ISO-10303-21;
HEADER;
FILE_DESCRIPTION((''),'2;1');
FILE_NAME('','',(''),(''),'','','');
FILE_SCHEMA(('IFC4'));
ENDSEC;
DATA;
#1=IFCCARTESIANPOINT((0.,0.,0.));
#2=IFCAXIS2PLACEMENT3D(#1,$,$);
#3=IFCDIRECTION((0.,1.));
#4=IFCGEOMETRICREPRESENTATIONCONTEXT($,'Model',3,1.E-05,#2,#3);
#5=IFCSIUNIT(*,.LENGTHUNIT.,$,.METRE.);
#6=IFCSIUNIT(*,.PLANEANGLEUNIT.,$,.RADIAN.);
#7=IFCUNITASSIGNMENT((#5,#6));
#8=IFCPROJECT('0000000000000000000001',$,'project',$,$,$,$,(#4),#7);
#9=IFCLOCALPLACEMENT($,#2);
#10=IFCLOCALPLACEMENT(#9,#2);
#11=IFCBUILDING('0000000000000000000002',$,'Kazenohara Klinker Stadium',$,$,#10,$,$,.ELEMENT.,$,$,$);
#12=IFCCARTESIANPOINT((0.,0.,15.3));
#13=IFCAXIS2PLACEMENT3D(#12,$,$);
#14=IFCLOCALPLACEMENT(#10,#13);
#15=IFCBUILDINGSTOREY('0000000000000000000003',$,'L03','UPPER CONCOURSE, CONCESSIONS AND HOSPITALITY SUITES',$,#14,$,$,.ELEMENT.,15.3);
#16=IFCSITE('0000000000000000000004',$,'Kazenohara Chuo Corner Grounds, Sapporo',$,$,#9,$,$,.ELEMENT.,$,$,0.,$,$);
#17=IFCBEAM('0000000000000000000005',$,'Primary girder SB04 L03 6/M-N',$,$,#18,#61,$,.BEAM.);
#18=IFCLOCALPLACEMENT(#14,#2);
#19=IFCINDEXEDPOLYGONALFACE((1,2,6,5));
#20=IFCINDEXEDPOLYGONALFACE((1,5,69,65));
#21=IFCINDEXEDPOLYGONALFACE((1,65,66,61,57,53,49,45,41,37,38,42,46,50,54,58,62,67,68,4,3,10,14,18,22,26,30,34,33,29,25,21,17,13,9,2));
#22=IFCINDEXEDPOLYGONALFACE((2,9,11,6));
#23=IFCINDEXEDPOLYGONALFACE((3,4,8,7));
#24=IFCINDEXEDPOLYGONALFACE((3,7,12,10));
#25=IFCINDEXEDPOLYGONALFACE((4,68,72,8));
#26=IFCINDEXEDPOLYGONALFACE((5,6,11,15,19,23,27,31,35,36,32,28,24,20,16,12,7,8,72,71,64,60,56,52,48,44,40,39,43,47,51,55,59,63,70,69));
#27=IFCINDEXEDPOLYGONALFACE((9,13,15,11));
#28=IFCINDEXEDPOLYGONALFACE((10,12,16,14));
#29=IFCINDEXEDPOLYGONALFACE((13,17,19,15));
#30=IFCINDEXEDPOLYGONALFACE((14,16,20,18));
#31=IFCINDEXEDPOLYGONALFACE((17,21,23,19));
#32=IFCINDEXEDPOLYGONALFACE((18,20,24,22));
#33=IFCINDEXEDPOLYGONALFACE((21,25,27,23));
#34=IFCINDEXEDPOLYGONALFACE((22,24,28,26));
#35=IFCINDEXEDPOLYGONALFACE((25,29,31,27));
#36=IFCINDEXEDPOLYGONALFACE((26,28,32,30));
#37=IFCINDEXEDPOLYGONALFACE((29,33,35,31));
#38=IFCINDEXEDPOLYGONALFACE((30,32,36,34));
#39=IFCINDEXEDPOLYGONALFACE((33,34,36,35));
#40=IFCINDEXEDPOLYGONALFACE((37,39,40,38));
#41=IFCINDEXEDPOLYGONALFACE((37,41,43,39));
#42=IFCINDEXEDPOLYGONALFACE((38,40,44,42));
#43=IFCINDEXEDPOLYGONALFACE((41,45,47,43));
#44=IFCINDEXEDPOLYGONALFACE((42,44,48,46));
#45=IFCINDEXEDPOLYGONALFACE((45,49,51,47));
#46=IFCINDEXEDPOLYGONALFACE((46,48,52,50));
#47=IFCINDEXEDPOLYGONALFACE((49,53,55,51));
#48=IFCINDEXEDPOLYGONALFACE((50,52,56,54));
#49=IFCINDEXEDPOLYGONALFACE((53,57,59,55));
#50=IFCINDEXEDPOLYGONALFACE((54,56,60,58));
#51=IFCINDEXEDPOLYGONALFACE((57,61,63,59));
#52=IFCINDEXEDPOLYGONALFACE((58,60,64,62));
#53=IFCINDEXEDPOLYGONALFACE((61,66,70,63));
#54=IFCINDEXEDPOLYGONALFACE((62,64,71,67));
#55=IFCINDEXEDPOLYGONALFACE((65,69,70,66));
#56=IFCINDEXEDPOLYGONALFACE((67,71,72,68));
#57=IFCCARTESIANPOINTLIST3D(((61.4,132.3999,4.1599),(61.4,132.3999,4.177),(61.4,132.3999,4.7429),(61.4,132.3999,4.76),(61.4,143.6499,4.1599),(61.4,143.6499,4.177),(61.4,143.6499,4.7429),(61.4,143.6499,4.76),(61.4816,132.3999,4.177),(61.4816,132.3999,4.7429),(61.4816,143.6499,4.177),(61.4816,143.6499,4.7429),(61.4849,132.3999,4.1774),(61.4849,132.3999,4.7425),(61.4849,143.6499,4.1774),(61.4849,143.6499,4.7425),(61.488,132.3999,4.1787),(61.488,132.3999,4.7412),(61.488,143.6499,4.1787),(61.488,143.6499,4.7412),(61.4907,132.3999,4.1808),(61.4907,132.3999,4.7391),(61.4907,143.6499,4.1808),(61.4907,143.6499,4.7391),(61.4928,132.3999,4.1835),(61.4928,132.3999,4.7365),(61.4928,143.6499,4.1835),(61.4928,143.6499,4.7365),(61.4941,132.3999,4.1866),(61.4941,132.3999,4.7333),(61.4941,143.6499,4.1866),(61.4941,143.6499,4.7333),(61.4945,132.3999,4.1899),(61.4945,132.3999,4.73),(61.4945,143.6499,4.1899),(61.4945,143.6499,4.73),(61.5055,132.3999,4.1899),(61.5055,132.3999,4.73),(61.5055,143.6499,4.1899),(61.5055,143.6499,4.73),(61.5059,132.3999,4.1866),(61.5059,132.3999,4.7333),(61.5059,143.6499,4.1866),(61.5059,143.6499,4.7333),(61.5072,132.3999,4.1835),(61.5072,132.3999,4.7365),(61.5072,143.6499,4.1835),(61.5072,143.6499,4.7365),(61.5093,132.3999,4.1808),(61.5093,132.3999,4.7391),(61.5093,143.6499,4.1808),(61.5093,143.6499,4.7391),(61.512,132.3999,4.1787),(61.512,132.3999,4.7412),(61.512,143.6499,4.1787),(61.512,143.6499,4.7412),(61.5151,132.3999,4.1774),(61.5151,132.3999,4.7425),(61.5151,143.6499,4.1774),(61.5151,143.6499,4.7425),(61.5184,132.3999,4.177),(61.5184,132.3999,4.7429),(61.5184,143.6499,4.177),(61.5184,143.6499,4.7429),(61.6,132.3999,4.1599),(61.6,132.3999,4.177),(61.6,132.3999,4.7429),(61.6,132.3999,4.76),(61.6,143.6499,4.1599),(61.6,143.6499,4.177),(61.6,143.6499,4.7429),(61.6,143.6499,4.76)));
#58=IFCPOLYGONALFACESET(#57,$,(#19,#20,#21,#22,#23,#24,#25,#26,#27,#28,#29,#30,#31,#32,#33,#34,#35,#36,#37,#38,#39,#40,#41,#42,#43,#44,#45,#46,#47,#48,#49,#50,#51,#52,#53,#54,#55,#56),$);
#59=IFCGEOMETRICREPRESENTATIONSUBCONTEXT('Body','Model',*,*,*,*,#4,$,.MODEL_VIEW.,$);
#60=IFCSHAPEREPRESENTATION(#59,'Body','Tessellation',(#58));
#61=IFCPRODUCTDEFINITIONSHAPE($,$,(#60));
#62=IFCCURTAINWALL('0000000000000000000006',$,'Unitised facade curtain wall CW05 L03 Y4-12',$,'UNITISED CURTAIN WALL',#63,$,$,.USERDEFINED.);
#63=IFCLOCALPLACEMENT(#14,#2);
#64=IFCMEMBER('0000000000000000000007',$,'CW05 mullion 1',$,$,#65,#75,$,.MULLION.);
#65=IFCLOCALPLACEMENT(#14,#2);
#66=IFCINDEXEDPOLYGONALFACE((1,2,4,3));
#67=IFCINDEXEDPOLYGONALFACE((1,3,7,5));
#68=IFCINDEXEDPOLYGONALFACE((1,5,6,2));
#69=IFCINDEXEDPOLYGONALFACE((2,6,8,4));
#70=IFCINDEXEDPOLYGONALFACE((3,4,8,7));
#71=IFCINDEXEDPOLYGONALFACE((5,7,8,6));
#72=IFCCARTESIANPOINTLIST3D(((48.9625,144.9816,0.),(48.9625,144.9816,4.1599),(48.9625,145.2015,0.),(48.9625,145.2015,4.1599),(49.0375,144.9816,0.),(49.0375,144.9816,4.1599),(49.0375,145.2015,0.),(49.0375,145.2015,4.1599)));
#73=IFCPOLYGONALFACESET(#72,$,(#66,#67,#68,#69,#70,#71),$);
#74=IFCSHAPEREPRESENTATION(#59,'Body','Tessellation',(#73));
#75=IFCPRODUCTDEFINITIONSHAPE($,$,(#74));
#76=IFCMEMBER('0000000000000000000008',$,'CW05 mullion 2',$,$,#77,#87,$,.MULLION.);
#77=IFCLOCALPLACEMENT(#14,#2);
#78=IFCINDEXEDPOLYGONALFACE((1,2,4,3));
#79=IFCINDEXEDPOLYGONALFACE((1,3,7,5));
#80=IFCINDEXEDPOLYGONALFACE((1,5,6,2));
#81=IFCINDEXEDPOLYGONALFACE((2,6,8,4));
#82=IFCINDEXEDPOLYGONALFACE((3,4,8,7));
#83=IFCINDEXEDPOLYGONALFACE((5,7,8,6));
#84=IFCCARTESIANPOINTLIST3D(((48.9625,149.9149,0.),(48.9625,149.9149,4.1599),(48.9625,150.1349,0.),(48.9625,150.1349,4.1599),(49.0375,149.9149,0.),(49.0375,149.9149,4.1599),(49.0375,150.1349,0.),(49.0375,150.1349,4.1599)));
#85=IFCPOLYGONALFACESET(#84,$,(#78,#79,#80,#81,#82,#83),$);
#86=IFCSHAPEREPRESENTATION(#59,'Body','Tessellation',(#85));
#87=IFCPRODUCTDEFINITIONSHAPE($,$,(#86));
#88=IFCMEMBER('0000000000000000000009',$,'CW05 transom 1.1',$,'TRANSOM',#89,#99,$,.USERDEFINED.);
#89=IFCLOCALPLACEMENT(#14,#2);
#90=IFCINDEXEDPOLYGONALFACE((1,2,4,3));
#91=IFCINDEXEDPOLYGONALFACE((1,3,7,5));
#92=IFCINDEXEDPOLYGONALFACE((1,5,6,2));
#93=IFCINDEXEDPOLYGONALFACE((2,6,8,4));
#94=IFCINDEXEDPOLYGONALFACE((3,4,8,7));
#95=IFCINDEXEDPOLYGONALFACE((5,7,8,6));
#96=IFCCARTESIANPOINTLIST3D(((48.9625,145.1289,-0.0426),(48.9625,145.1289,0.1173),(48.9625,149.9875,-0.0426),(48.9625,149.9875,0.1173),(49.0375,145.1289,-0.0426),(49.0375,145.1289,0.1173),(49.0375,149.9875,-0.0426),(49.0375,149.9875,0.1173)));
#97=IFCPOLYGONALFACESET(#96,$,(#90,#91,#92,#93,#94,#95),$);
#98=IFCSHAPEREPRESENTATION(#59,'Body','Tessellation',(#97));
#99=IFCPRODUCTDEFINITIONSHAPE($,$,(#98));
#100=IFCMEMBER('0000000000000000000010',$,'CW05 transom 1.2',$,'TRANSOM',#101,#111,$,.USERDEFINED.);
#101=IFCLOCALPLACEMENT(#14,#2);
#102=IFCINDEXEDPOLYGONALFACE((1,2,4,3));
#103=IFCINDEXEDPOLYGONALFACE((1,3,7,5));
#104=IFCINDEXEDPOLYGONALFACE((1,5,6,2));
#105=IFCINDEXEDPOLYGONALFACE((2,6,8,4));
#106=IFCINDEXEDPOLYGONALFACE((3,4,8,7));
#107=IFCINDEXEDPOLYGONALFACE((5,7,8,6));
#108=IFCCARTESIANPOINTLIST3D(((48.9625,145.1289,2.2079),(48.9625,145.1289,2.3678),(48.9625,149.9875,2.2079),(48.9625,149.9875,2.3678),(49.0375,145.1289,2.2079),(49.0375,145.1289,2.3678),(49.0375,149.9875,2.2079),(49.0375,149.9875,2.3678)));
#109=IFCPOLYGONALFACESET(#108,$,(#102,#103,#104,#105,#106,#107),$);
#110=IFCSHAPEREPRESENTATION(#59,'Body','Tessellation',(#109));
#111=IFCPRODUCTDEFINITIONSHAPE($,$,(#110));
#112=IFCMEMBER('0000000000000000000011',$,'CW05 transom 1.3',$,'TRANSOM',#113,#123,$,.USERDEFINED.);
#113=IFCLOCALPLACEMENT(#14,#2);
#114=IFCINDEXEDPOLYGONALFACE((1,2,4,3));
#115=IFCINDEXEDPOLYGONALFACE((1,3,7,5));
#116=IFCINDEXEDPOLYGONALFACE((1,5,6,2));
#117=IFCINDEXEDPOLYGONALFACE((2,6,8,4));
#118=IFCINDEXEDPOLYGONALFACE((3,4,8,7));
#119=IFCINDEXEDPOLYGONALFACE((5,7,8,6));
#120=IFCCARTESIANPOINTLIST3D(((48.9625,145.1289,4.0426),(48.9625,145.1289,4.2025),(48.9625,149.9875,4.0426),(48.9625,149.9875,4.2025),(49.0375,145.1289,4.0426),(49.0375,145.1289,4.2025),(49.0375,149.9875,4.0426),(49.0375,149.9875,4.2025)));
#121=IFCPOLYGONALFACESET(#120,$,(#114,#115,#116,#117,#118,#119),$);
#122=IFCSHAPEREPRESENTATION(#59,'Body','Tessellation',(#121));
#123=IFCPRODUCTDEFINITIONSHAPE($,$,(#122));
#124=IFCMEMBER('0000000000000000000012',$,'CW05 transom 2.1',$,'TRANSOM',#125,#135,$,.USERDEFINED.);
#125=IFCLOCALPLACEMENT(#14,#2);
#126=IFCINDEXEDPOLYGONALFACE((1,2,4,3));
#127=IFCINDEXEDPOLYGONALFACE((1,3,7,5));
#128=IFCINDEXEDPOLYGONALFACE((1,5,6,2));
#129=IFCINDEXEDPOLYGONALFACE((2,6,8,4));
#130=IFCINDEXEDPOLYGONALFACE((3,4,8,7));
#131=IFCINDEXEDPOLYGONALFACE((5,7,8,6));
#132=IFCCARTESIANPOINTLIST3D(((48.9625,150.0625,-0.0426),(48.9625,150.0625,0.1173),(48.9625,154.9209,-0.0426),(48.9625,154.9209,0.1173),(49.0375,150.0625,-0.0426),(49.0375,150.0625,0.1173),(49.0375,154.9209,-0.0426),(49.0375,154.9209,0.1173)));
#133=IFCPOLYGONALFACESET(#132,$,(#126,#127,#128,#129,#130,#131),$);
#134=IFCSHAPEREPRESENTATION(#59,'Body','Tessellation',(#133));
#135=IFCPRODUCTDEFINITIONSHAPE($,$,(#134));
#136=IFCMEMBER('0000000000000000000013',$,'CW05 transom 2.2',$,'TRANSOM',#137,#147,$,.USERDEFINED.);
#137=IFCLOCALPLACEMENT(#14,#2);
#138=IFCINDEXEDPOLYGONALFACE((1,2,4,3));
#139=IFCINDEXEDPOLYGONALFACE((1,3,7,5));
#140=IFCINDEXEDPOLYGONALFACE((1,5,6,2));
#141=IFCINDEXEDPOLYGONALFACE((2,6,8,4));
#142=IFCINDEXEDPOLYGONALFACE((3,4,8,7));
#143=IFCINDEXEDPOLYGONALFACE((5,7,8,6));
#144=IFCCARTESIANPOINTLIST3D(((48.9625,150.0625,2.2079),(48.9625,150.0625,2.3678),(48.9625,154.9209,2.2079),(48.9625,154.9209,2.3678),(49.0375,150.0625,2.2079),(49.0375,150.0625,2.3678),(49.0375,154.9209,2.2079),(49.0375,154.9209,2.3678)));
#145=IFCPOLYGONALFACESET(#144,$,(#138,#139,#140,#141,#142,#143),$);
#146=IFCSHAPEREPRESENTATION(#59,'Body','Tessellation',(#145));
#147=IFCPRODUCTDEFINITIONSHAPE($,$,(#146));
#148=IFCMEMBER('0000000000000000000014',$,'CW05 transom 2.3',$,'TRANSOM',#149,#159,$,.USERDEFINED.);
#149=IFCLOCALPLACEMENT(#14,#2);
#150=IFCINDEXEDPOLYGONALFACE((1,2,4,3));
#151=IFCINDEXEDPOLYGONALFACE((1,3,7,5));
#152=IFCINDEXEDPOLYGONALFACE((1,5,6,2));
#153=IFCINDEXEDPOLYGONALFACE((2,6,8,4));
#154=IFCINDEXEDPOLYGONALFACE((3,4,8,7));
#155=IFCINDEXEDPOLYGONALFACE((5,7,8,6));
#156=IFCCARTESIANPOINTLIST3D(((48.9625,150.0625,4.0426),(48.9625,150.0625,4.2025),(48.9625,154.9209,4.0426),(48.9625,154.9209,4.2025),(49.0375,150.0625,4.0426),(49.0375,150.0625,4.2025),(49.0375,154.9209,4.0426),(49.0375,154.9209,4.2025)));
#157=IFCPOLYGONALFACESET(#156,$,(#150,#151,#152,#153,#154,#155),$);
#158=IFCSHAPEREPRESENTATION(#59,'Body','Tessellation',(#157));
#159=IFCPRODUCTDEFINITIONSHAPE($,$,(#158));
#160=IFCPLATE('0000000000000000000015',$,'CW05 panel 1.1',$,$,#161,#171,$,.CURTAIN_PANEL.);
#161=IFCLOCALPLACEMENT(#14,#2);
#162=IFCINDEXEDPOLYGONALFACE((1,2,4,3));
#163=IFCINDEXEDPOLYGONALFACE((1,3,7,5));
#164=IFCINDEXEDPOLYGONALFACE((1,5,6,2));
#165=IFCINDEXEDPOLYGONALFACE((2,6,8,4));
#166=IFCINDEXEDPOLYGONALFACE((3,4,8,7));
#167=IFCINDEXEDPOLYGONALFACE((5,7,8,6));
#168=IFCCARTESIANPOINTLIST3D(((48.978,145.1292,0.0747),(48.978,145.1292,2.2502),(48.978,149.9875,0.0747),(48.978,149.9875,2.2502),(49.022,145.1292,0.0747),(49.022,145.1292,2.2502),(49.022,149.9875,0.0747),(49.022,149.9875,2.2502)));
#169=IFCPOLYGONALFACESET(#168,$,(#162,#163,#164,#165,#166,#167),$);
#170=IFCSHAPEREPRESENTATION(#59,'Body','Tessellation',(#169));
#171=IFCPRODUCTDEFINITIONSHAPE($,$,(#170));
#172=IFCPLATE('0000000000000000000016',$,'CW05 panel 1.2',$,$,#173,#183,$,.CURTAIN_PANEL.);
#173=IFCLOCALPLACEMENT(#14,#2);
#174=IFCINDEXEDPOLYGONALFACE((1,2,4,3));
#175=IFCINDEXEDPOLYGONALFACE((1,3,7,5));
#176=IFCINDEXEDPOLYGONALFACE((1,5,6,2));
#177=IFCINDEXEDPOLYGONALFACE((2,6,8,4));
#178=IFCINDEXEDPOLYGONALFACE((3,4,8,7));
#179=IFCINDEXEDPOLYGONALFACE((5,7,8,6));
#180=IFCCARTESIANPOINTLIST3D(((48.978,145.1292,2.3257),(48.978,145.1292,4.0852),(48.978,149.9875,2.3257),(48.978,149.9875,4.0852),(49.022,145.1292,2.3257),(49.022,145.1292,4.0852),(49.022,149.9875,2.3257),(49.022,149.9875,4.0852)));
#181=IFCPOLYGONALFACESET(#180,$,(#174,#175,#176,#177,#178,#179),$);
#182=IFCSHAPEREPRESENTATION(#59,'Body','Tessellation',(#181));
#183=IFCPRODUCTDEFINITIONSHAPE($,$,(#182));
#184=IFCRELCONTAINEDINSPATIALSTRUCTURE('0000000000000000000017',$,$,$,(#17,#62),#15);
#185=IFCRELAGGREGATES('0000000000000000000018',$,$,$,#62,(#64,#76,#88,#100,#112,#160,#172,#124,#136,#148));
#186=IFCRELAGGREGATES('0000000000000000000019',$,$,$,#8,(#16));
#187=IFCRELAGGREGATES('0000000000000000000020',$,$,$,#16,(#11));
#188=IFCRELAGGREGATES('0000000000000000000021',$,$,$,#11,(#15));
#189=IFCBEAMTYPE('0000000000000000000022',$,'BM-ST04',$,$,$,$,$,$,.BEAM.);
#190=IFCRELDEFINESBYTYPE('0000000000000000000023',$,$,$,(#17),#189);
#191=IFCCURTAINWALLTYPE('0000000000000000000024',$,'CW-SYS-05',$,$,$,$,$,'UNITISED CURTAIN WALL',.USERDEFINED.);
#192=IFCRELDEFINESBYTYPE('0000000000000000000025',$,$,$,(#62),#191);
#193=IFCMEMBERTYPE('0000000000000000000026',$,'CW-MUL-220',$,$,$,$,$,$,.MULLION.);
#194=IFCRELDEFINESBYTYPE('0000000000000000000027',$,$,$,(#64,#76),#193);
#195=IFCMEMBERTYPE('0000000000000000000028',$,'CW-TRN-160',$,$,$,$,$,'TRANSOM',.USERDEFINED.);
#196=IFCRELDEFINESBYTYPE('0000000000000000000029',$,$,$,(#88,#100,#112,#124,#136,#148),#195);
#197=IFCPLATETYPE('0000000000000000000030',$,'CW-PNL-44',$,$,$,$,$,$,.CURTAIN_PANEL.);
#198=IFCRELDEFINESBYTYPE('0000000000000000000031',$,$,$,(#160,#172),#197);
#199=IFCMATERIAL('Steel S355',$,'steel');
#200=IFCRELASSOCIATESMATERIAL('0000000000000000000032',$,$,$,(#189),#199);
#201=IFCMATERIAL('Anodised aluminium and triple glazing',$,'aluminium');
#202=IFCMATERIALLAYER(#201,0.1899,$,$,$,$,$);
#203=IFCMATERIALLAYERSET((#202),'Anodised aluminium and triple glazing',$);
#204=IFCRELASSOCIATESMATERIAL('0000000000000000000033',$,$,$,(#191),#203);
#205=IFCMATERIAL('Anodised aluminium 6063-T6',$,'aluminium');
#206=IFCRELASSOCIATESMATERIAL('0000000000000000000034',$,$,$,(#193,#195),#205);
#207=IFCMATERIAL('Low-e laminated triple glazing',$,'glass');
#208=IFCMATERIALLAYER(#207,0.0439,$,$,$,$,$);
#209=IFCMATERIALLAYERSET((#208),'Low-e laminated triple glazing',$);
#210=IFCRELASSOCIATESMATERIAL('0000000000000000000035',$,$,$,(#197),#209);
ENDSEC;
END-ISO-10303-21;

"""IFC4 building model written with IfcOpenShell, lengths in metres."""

from ifc_helpers import new_model, si_unit, direction, frame, origin, origin_2d, place, context, subcontext, project, spatial, rectangle, i_section, extrude, material, layer, layer_set, material_profile, profile_set, type_object, element, aggregate, save


model = new_model("IFC4")

# Units and contexts
model_context = context("Model", 3, precision=1e-05, world=origin(), true_north=direction((0.0, 1.0)))
body_context = subcontext(model_context, "Body", "Model", "MODEL_VIEW")
ifc_project = project(units=[si_unit("LENGTHUNIT", "METRE"), si_unit("PLANEANGLEUNIT", "RADIAN")], contexts=[model_context])

# Site, building, storey
site_placement = place(None, origin())
site = spatial("IfcSite", under=ifc_project, at=site_placement, Name="Kazenohara Chuo Corner Grounds, Sapporo", CompositionType="ELEMENT", RefElevation=0.0)
building_placement = place(site_placement, origin())
building = spatial("IfcBuilding", under=site, at=building_placement, Name="Kazenohara Klinker Stadium", CompositionType="ELEMENT")
storey_placement = place(building_placement, frame((0.0, 0.0, 15.3)))
storey = spatial("IfcBuildingStorey", under=building, at=storey_placement, Name="L03", Description="UPPER CONCOURSE, CONCESSIONS AND HOSPITALITY SUITES", CompositionType="ELEMENT", Elevation=15.3)

# Beam
ifc_material_1 = material(Name="Steel S355", Category="steel")
ifc_material_profile_1 = material_profile(ifc_material_1, i_section(OverallWidth=0.2, OverallDepth=0.6001, WebThickness=0.011, FlangeThickness=0.0171, FilletRadius=0.0129, at=origin_2d()), Name="H-600x200x11x17")
ifc_profile_set_1 = profile_set([ifc_material_profile_1], Name="Steel S355")
beam_type_1 = type_object("IfcBeamType", Name="BM-ST04", PredefinedType="BEAM", material=ifc_profile_set_1)
for number, where, z_axis, x_axis, name in (
    (1, (61.5, 132.3999, 4.46), (0.0, 1.0, 0.0), (-1.0, 0.0, 0.0), "Primary girder SB04 L03 6/M-N"),
):
    element("IfcBeam", number, at=place(storey_placement, frame(where, z_axis=z_axis, x_axis=x_axis)), inside=storey, type_object=beam_type_1, Name=name, PredefinedType="BEAM", context=body_context, shape_type="SweptSolid", body=[
        extrude(i_section(OverallWidth=0.2, OverallDepth=0.6001, WebThickness=0.011, FlangeThickness=0.0171, FilletRadius=0.0129, at=origin_2d()), origin(), (0.0, 0.0, 1.0), 11.25),
    ])

# Curtain wall, members, plates
ifc_material_2 = material(Name="Anodised aluminium and triple glazing", Category="aluminium")
ifc_layer_1 = layer(ifc_material_2, 0.1899)
ifc_layer_set_1 = layer_set([ifc_layer_1], Name="Anodised aluminium and triple glazing")
curtain_wall_type = type_object("IfcCurtainWallType", Name="CW-SYS-05", ElementType="UNITISED CURTAIN WALL", PredefinedType="USERDEFINED", material=ifc_layer_set_1)
curtain_wall_placement = place(storey_placement, origin())
curtain_wall = element("IfcCurtainWall", 2, at=curtain_wall_placement, inside=storey, type_object=curtain_wall_type, Name="Unitised facade curtain wall CW05 L03 Y4-12", ObjectType="UNITISED CURTAIN WALL", PredefinedType="USERDEFINED")
ifc_material_3 = material(Name="Anodised aluminium 6063-T6", Category="aluminium")
ifc_material_profile_2 = material_profile(ifc_material_3, rectangle(XDim=0.075, YDim=0.22, at=origin_2d()), Name="ALU-MUL-75x220")
ifc_profile_set_2 = profile_set([ifc_material_profile_2], Name="Anodised aluminium 6063-T6")
member_type_1 = type_object("IfcMemberType", Name="CW-MUL-220", PredefinedType="MULLION", material=ifc_profile_set_2)
member_1_placement = place(storey_placement, frame((49.0, 145.0916, 0.0), z_axis=(0.0, 0.0, 1.0), x_axis=(-1.0, 0.0, 0.0)))
member_1 = element("IfcMember", 3, at=member_1_placement, type_object=member_type_1, Name="CW05 mullion 1", PredefinedType="MULLION", context=body_context, shape_type="SweptSolid", body=[
    extrude(rectangle(XDim=0.075, YDim=0.22, at=origin_2d()), origin(), (0.0, 0.0, 1.0), 4.1599),
])
member_2_placement = place(storey_placement, frame((49.0, 150.0249, 0.0), z_axis=(0.0, 0.0, 1.0), x_axis=(-1.0, 0.0, 0.0)))
member_2 = element("IfcMember", 4, at=member_2_placement, type_object=member_type_1, Name="CW05 mullion 2", PredefinedType="MULLION", context=body_context, shape_type="SweptSolid", body=[
    extrude(rectangle(XDim=0.075, YDim=0.22, at=origin_2d()), origin(), (0.0, 0.0, 1.0), 4.1599),
])
ifc_material_profile_3 = material_profile(ifc_material_3, rectangle(XDim=0.075, YDim=0.1599, at=origin_2d()), Name="ALU-TRN-75x160")
ifc_profile_set_3 = profile_set([ifc_material_profile_3], Name="Anodised aluminium 6063-T6")
member_type_2 = type_object("IfcMemberType", Name="CW-TRN-160", ElementType="TRANSOM", PredefinedType="USERDEFINED", material=ifc_profile_set_3)
member_3_placement = place(storey_placement, frame((49.0, 145.1289, 0.0374), z_axis=(0.0, 1.0, 0.0), x_axis=(-1.0, 0.0, 0.0)))
member_3 = element("IfcMember", 5, at=member_3_placement, type_object=member_type_2, Name="CW05 transom 1.1", ObjectType="TRANSOM", PredefinedType="USERDEFINED", context=body_context, shape_type="SweptSolid", body=[
    extrude(rectangle(XDim=0.075, YDim=0.1599, at=origin_2d()), origin(), (0.0, 0.0, 1.0), 4.8586),
])
member_4_placement = place(storey_placement, frame((49.0, 145.1289, 2.2878), z_axis=(0.0, 1.0, 0.0), x_axis=(-1.0, 0.0, 0.0)))
member_4 = element("IfcMember", 6, at=member_4_placement, type_object=member_type_2, Name="CW05 transom 1.2", ObjectType="TRANSOM", PredefinedType="USERDEFINED", context=body_context, shape_type="SweptSolid", body=[
    extrude(rectangle(XDim=0.075, YDim=0.1599, at=origin_2d()), origin(), (0.0, 0.0, 1.0), 4.8586),
])
member_5_placement = place(storey_placement, frame((49.0, 145.1289, 4.1226), z_axis=(0.0, 1.0, 0.0), x_axis=(-1.0, 0.0, 0.0)))
member_5 = element("IfcMember", 7, at=member_5_placement, type_object=member_type_2, Name="CW05 transom 1.3", ObjectType="TRANSOM", PredefinedType="USERDEFINED", context=body_context, shape_type="SweptSolid", body=[
    extrude(rectangle(XDim=0.075, YDim=0.1599, at=origin_2d()), origin(), (0.0, 0.0, 1.0), 4.8586),
])
member_6_placement = place(storey_placement, frame((49.0, 150.0625, 0.0374), z_axis=(0.0, 1.0, 0.0), x_axis=(-1.0, 0.0, 0.0)))
member_6 = element("IfcMember", 8, at=member_6_placement, type_object=member_type_2, Name="CW05 transom 2.1", ObjectType="TRANSOM", PredefinedType="USERDEFINED", context=body_context, shape_type="SweptSolid", body=[
    extrude(rectangle(XDim=0.075, YDim=0.1599, at=origin_2d()), origin(), (0.0, 0.0, 1.0), 4.8584),
])
member_7_placement = place(storey_placement, frame((49.0, 150.0625, 2.2878), z_axis=(0.0, 1.0, 0.0), x_axis=(-1.0, 0.0, 0.0)))
member_7 = element("IfcMember", 9, at=member_7_placement, type_object=member_type_2, Name="CW05 transom 2.2", ObjectType="TRANSOM", PredefinedType="USERDEFINED", context=body_context, shape_type="SweptSolid", body=[
    extrude(rectangle(XDim=0.075, YDim=0.1599, at=origin_2d()), origin(), (0.0, 0.0, 1.0), 4.8584),
])
member_8_placement = place(storey_placement, frame((49.0, 150.0625, 4.1226), z_axis=(0.0, 1.0, 0.0), x_axis=(-1.0, 0.0, 0.0)))
member_8 = element("IfcMember", 10, at=member_8_placement, type_object=member_type_2, Name="CW05 transom 2.3", ObjectType="TRANSOM", PredefinedType="USERDEFINED", context=body_context, shape_type="SweptSolid", body=[
    extrude(rectangle(XDim=0.075, YDim=0.1599, at=origin_2d()), origin(), (0.0, 0.0, 1.0), 4.8584),
])
ifc_material_4 = material(Name="Low-e laminated triple glazing", Category="glass")
ifc_layer_2 = layer(ifc_material_4, 0.0439)
ifc_layer_set_2 = layer_set([ifc_layer_2], Name="Low-e laminated triple glazing")
plate_type = type_object("IfcPlateType", Name="CW-PNL-44", PredefinedType="CURTAIN_PANEL", material=ifc_layer_set_2)
plate_1_placement = place(storey_placement, frame((49.0, 147.5583, 0.0747), z_axis=(0.0, 0.0, 1.0), x_axis=(0.0, 1.0, 0.0)))
plate_1 = element("IfcPlate", 11, at=plate_1_placement, type_object=plate_type, Name="CW05 panel 1.1", PredefinedType="CURTAIN_PANEL", context=body_context, shape_type="SweptSolid", body=[
    extrude(rectangle(XDim=4.8584, YDim=0.0439, at=origin_2d()), origin(), (0.0, 0.0, 1.0), 2.1755),
])
plate_2_placement = place(storey_placement, frame((49.0, 147.5583, 2.3257), z_axis=(0.0, 0.0, 1.0), x_axis=(0.0, 1.0, 0.0)))
plate_2 = element("IfcPlate", 12, at=plate_2_placement, type_object=plate_type, Name="CW05 panel 1.2", PredefinedType="CURTAIN_PANEL", context=body_context, shape_type="SweptSolid", body=[
    extrude(rectangle(XDim=4.8584, YDim=0.0439, at=origin_2d()), origin(), (0.0, 0.0, 1.0), 1.7595),
])
aggregate(curtain_wall, [member_1, member_2, member_3, member_4, member_5, plate_1, plate_2, member_6, member_7, member_8])

save(model, "model.ifc")
